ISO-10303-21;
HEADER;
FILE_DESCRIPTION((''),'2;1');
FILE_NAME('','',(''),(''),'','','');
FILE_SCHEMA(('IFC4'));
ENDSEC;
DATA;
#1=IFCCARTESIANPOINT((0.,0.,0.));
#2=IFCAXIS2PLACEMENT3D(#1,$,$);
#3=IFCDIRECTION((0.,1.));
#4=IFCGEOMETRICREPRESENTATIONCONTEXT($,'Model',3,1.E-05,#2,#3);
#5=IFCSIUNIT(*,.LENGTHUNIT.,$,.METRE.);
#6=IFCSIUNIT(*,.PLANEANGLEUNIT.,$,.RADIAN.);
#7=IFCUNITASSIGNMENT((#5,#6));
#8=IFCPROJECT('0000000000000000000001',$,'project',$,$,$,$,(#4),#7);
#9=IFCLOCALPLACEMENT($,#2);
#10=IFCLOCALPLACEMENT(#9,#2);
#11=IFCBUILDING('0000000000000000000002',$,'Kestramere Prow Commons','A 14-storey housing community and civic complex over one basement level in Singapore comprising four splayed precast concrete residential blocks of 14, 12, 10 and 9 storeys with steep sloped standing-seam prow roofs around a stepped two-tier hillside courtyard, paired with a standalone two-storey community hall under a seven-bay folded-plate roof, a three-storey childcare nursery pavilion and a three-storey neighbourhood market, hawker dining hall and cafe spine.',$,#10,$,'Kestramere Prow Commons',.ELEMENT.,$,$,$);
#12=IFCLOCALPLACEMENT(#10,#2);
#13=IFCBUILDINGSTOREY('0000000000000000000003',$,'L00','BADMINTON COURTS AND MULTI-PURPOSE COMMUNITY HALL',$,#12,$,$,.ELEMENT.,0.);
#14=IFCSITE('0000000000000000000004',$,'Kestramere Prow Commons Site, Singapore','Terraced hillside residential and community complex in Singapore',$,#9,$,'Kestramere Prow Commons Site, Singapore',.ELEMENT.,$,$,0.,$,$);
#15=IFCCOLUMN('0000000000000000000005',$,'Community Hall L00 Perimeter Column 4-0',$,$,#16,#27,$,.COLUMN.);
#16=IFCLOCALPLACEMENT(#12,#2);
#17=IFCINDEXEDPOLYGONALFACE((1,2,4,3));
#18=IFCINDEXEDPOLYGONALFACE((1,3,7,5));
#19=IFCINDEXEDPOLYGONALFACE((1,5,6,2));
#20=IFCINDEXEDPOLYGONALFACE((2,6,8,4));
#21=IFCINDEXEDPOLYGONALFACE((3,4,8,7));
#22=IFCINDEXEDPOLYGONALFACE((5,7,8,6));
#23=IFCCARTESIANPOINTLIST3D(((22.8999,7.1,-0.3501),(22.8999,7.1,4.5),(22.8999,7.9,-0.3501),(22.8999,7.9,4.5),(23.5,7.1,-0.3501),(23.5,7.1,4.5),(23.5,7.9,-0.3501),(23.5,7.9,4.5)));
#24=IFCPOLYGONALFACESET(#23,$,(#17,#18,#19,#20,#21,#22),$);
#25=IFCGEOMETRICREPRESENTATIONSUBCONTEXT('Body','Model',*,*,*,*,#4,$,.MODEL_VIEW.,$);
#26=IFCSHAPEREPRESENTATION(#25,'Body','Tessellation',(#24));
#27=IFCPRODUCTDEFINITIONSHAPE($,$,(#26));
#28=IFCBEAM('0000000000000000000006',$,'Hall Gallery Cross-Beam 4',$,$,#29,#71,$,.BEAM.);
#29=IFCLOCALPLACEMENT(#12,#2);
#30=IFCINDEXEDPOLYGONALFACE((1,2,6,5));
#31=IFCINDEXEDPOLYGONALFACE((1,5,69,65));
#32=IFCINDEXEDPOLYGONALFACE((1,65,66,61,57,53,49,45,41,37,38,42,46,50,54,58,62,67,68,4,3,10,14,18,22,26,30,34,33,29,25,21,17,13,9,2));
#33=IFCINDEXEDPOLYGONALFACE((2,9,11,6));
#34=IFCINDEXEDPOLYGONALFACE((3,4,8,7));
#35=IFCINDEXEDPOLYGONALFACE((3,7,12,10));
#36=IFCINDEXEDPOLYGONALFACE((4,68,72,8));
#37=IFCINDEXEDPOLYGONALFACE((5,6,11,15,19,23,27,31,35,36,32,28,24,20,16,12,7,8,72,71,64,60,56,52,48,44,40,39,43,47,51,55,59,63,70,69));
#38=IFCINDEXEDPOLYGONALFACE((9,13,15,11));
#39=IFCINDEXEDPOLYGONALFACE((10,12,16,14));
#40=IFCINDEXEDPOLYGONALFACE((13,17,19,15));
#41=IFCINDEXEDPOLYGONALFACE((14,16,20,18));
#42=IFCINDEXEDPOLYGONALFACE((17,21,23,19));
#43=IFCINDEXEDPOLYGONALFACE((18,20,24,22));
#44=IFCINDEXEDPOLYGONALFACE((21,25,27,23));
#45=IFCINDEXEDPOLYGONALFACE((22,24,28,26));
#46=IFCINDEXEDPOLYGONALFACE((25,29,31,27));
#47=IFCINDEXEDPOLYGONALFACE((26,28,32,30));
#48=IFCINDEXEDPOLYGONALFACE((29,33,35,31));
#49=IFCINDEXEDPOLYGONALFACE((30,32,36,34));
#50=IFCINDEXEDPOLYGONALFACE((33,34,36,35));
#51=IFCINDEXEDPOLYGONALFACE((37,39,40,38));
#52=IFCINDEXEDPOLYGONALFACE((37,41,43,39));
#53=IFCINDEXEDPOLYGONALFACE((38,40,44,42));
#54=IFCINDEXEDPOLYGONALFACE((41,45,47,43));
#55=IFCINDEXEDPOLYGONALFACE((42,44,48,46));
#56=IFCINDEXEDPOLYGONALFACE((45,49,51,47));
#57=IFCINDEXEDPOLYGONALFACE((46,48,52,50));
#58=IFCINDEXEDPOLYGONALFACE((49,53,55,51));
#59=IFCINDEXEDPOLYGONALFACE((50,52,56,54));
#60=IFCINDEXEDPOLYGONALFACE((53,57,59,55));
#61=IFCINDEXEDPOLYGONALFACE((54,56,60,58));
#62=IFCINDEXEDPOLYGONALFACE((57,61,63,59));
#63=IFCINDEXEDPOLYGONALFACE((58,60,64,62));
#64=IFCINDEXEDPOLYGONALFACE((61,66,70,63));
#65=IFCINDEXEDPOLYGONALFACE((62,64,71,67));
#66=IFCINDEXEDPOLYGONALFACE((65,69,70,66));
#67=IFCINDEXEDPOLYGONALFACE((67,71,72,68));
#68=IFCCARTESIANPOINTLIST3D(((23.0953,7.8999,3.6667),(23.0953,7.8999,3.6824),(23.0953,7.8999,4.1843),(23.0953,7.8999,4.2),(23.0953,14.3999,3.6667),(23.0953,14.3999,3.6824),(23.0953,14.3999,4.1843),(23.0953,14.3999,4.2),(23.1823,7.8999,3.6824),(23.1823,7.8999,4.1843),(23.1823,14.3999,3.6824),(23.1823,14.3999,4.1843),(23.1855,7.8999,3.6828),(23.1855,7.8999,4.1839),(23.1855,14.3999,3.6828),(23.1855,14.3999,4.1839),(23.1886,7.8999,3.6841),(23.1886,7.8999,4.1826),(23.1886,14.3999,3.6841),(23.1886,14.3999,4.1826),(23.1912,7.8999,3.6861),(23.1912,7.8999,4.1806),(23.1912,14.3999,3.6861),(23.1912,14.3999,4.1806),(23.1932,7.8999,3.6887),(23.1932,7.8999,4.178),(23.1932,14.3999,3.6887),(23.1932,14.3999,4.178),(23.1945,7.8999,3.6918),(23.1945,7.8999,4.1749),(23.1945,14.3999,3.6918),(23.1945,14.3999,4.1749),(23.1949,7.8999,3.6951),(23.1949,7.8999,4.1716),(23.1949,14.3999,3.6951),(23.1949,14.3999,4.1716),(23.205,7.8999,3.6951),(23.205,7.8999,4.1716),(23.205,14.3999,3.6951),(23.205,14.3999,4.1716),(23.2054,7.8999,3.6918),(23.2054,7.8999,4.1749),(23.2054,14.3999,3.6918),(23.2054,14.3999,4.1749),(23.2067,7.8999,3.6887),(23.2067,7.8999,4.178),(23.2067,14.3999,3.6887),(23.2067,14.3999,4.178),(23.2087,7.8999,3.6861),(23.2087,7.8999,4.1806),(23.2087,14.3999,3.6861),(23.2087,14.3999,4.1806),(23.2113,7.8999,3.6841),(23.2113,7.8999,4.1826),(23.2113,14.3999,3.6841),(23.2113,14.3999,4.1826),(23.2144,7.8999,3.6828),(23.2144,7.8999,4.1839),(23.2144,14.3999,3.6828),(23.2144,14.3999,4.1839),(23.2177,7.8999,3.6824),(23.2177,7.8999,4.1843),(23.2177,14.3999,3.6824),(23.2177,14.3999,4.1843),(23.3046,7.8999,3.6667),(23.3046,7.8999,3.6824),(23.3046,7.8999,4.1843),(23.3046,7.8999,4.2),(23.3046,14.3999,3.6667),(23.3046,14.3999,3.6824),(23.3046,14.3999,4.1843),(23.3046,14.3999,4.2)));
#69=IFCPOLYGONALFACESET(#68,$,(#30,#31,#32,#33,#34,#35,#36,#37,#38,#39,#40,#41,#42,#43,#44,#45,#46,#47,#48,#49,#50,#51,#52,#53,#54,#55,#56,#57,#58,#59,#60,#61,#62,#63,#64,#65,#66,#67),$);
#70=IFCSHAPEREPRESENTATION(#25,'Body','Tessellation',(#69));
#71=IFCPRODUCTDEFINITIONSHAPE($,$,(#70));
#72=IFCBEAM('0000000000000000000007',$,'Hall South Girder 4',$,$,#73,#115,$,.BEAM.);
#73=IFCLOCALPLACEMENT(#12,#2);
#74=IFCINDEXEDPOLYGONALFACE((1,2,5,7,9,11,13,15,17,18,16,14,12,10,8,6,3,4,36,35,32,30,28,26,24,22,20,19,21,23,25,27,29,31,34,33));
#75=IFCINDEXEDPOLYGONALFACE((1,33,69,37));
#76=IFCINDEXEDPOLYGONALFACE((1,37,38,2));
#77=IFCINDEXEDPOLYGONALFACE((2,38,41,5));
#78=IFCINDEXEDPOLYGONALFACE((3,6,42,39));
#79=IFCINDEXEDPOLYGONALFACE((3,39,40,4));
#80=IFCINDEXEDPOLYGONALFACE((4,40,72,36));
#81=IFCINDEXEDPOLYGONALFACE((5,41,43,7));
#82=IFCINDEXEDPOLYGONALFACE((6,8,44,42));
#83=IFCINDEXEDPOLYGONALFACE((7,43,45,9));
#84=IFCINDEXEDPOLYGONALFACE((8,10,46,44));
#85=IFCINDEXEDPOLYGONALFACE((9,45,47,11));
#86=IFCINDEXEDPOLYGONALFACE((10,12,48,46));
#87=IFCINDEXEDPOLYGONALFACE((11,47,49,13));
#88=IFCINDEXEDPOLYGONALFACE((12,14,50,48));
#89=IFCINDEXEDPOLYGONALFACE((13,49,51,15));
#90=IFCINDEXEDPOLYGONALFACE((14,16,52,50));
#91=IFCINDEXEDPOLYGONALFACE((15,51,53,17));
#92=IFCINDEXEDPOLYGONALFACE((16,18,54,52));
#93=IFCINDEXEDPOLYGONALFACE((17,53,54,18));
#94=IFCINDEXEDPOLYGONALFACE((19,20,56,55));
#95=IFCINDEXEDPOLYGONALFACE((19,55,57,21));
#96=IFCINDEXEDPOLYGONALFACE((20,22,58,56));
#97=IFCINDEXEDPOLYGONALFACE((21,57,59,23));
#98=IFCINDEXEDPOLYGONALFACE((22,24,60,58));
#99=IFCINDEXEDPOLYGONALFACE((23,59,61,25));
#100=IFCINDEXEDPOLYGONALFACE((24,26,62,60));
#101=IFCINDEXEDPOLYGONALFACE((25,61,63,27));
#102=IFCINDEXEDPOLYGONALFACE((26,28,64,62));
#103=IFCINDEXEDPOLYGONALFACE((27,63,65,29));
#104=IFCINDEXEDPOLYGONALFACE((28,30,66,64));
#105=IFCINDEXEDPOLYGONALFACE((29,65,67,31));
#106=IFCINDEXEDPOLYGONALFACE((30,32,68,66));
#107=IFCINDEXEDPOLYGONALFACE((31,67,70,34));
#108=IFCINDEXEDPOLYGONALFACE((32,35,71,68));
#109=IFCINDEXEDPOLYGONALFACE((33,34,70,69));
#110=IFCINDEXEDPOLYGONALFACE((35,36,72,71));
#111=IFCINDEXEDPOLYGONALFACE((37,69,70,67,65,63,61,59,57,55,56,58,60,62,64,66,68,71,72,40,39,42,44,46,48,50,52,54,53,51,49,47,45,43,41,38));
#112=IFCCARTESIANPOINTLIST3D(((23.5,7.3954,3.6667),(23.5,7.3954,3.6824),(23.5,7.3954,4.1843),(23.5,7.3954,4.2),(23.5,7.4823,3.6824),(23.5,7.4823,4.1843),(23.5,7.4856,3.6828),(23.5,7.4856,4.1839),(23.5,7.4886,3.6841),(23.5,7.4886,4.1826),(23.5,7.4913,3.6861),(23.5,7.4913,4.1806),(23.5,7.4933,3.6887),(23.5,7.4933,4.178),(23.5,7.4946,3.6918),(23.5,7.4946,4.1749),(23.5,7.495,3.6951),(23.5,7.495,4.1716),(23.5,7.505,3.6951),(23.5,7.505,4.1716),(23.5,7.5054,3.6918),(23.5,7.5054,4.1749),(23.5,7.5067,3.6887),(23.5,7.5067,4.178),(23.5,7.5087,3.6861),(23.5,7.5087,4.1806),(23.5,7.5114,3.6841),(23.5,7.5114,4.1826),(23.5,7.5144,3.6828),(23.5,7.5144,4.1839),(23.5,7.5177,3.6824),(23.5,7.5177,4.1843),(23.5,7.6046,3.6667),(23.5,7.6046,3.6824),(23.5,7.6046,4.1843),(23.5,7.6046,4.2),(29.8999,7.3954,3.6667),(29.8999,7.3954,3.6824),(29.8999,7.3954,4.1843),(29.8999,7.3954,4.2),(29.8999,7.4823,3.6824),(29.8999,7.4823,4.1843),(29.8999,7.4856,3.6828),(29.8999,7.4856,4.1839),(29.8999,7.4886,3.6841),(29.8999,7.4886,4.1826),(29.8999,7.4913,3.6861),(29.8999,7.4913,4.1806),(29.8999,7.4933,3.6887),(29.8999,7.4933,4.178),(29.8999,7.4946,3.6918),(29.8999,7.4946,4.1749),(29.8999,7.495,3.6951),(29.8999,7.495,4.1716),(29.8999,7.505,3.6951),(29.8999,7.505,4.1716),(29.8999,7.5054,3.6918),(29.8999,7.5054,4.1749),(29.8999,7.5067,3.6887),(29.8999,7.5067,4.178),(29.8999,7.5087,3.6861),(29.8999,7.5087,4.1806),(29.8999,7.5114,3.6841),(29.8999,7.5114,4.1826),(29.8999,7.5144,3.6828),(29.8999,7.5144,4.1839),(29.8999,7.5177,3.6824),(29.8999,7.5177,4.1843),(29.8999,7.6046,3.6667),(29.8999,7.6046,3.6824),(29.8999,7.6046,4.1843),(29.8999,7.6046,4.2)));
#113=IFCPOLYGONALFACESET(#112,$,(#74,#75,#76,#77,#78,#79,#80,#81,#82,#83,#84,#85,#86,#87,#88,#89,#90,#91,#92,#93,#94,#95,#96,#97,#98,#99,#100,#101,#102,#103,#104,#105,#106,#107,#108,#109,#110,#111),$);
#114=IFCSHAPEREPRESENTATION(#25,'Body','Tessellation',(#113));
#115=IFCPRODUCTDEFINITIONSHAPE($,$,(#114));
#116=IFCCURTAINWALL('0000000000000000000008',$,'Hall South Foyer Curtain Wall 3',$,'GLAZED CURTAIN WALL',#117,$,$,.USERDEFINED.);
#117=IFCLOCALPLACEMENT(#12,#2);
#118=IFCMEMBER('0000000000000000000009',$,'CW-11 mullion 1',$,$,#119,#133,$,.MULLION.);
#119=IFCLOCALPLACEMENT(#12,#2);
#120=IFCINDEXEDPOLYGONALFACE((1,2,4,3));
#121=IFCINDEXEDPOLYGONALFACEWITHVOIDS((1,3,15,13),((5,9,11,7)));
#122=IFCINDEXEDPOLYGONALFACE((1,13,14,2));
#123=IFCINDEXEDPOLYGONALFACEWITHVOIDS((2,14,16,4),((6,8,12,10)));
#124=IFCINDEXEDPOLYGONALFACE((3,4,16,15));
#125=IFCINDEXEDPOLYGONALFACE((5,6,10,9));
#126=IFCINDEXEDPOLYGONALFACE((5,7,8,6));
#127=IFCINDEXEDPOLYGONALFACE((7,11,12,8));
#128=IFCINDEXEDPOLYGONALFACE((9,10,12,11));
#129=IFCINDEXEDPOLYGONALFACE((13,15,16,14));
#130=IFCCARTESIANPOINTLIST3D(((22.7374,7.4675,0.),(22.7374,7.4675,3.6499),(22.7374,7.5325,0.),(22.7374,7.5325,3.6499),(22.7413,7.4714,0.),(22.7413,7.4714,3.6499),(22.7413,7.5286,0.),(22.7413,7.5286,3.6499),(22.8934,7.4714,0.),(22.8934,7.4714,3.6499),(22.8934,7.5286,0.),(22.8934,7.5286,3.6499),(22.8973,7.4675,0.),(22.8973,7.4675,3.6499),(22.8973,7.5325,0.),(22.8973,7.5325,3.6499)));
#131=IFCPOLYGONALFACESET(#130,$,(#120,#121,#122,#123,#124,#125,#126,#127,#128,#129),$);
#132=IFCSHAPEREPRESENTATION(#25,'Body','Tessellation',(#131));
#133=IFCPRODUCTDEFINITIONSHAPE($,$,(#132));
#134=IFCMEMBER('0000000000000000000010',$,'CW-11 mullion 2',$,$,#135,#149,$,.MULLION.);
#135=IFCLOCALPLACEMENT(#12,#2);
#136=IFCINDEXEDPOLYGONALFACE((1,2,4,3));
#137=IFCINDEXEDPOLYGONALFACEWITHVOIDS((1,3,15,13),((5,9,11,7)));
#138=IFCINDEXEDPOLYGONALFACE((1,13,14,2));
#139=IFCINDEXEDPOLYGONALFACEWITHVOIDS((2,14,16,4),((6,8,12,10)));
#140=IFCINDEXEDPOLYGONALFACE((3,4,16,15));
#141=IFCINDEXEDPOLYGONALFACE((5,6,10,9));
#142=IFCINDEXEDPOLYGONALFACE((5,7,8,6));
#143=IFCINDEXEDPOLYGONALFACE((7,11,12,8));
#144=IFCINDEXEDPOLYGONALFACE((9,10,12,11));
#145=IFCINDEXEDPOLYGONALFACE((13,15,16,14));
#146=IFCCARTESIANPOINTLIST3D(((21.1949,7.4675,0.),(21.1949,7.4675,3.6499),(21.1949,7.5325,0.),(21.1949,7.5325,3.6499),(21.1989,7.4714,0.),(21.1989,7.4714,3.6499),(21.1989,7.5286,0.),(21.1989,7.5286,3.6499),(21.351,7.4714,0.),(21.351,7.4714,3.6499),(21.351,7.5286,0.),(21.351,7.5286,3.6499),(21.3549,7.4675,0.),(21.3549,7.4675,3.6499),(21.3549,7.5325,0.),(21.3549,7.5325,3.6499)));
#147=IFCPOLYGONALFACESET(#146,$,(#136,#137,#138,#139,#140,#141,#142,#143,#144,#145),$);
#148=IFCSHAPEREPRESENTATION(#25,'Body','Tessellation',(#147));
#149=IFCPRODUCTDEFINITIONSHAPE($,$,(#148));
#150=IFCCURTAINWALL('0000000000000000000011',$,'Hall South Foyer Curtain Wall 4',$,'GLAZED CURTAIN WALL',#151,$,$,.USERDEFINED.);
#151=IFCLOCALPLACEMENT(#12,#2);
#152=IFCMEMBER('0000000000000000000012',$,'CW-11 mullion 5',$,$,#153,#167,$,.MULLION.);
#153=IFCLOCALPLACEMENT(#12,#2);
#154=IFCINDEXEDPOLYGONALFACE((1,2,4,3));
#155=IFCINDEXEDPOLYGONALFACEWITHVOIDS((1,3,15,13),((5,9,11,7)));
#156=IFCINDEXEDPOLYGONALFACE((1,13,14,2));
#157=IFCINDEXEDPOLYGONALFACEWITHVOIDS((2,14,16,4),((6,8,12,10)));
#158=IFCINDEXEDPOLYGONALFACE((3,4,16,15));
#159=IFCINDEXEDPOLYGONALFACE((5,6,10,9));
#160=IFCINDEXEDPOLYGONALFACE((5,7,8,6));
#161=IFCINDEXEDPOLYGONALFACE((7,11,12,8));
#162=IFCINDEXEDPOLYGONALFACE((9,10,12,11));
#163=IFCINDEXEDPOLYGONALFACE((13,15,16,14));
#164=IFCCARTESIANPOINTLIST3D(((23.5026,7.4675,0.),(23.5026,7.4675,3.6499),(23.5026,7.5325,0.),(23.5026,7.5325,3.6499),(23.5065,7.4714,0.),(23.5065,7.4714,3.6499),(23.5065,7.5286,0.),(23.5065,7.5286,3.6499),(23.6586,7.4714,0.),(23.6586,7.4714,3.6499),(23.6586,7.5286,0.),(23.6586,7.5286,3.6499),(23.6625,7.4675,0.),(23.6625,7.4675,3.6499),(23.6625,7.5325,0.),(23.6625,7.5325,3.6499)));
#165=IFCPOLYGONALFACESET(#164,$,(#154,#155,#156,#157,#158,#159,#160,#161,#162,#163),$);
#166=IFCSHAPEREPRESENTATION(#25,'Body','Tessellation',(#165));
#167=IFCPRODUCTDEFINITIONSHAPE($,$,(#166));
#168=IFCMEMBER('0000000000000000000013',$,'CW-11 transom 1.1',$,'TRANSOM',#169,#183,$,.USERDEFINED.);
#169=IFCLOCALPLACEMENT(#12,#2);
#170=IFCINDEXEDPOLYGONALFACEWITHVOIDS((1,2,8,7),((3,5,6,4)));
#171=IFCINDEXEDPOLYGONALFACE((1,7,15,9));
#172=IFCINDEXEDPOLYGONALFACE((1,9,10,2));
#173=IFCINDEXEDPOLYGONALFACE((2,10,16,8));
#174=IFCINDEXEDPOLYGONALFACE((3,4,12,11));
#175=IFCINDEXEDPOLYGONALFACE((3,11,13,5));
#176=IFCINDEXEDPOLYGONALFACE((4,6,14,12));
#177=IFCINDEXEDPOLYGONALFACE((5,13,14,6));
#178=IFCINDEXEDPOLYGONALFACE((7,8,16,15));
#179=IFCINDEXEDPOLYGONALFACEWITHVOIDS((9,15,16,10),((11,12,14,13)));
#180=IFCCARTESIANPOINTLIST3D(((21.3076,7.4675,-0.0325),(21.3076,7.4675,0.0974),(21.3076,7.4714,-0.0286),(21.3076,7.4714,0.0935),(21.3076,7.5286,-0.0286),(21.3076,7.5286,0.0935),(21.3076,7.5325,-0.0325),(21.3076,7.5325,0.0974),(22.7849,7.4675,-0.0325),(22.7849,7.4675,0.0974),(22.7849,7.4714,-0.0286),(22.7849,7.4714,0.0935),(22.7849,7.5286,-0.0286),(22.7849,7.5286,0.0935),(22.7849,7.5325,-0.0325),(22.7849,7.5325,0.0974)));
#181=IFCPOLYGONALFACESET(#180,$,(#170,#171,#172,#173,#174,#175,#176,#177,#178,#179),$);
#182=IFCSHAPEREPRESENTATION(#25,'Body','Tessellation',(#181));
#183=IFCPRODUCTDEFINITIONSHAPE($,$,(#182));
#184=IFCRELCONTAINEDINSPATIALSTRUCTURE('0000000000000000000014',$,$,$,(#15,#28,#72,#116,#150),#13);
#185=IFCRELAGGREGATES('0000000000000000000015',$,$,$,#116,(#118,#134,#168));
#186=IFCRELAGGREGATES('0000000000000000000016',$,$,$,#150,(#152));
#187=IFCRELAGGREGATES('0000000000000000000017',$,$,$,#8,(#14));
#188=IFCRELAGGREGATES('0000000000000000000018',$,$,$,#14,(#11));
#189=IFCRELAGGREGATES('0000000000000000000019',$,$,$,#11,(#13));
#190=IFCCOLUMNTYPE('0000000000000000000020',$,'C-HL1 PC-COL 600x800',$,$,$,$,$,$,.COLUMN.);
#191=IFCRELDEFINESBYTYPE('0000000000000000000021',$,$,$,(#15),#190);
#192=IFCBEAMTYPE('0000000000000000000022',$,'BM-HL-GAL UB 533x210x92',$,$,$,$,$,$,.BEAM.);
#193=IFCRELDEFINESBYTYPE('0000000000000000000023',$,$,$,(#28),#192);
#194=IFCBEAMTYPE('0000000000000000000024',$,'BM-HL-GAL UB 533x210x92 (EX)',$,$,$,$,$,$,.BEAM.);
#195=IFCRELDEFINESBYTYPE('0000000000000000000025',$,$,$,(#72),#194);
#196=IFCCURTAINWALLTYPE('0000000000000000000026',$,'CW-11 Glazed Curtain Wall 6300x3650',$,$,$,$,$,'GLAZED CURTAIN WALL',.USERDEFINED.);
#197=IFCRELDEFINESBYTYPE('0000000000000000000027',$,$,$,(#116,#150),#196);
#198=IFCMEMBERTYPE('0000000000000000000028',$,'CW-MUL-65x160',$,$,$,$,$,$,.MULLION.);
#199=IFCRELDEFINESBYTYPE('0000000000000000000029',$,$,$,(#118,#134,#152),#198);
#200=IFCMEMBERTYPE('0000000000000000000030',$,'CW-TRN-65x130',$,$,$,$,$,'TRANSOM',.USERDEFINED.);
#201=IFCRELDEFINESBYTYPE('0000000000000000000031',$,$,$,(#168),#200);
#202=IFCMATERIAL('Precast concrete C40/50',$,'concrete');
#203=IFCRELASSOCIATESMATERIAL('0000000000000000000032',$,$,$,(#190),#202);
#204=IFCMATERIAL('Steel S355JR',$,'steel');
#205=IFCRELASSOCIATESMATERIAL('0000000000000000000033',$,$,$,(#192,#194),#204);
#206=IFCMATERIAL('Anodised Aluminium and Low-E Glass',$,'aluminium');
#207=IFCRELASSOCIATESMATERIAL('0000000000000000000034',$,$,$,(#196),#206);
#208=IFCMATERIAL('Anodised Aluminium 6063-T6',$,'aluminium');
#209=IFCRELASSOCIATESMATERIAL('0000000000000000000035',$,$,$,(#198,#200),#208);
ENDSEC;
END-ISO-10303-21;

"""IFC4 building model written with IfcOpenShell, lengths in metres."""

from ifc_helpers import new_model, si_unit, direction, frame, origin, origin_2d, place, context, subcontext, project, spatial, rectangle, hollow_rectangle, i_section, extrude, material, material_profile, profile_set, type_object, element, aggregate, save


model = new_model("IFC4")

# Units and contexts
model_context = context("Model", 3, precision=1e-05, world=origin(), true_north=direction((0.0, 1.0)))
body_context = subcontext(model_context, "Body", "Model", "MODEL_VIEW")
ifc_project = project(units=[si_unit("LENGTHUNIT", "METRE"), si_unit("PLANEANGLEUNIT", "RADIAN")], contexts=[model_context])

# Site, building, storey
site_placement = place(None, origin())
site = spatial("IfcSite", under=ifc_project, at=site_placement, Name="Kestramere Prow Commons Site, Singapore", Description="Terraced hillside residential and community complex in Singapore", LongName="Kestramere Prow Commons Site, Singapore", CompositionType="ELEMENT", RefElevation=0.0)
building_placement = place(site_placement, origin())
building = spatial("IfcBuilding", under=site, at=building_placement, Name="Kestramere Prow Commons", Description="A 14-storey housing community and civic complex over one basement level in Singapore comprising four splayed precast concrete residential blocks of 14, 12, 10 and 9 storeys with steep sloped standing-seam prow roofs around a stepped two-tier hillside courtyard, paired with a standalone two-storey community hall under a seven-bay folded-plate roof, a three-storey childcare nursery pavilion and a three-storey neighbourhood market, hawker dining hall and cafe spine.", LongName="Kestramere Prow Commons", CompositionType="ELEMENT")
storey_placement = place(building_placement, origin())
storey = spatial("IfcBuildingStorey", under=building, at=storey_placement, Name="L00", Description="BADMINTON COURTS AND MULTI-PURPOSE COMMUNITY HALL", CompositionType="ELEMENT", Elevation=0.0)

# Column
ifc_material_1 = material(Name="Precast concrete C40/50", Category="concrete")
ifc_material_profile_1 = material_profile(ifc_material_1, rectangle(XDim=0.6001, YDim=0.8, at=origin_2d()), Name="PC-COL 600x800")
ifc_profile_set_1 = profile_set([ifc_material_profile_1], Name="Precast concrete C40/50")
column_type = type_object("IfcColumnType", Name="C-HL1 PC-COL 600x800", PredefinedType="COLUMN", material=ifc_profile_set_1)
column_placement = place(storey_placement, frame((23.2, 7.5, -0.3501), z_axis=(0.0, 0.0, 1.0), x_axis=(1.0, 0.0, 0.0)))
element("IfcColumn", 1, at=column_placement, inside=storey, type_object=column_type, Name="Community Hall L00 Perimeter Column 4-0", PredefinedType="COLUMN", context=body_context, shape_type="SweptSolid", body=[
    extrude(rectangle(XDim=0.6001, YDim=0.8, at=origin_2d()), origin(), (0.0, 0.0, 1.0), 4.8501),
])

# Beams
ifc_material_2 = material(Name="Steel S355JR", Category="steel")
ifc_material_profile_2 = material_profile(ifc_material_2, i_section(OverallWidth=0.2092, OverallDepth=0.5332, WebThickness=0.01, FlangeThickness=0.0156, FilletRadius=0.0127, at=origin_2d()), Name="UB 533x210x92")
ifc_profile_set_2 = profile_set([ifc_material_profile_2], Name="Steel S355JR")
beam_type_1 = type_object("IfcBeamType", Name="BM-HL-GAL UB 533x210x92", PredefinedType="BEAM", material=ifc_profile_set_2)
beam_1_placement = place(storey_placement, frame((23.2, 7.8999, 3.9333), z_axis=(0.0, 1.0, 0.0), x_axis=(-1.0, 0.0, 0.0)))
element("IfcBeam", 2, at=beam_1_placement, inside=storey, type_object=beam_type_1, Name="Hall Gallery Cross-Beam 4", PredefinedType="BEAM", context=body_context, shape_type="SweptSolid", body=[
    extrude(i_section(OverallWidth=0.2092, OverallDepth=0.5332, WebThickness=0.01, FlangeThickness=0.0156, FilletRadius=0.0127, at=origin_2d()), origin(), (0.0, 0.0, 1.0), 6.5),
])
ifc_material_profile_3 = material_profile(ifc_material_2, i_section(OverallWidth=0.2092, OverallDepth=0.5332, WebThickness=0.01, FlangeThickness=0.0156, FilletRadius=0.0127, at=origin_2d()), Name="UB 533x210x92")
ifc_profile_set_3 = profile_set([ifc_material_profile_3], Name="Steel S355JR")
beam_type_2 = type_object("IfcBeamType", Name="BM-HL-GAL UB 533x210x92 (EX)", PredefinedType="BEAM", material=ifc_profile_set_3)
beam_2_placement = place(storey_placement, frame((23.5, 7.5, 3.9333), z_axis=(1.0, 0.0, 0.0), x_axis=(0.0, 1.0, 0.0)))
element("IfcBeam", 3, at=beam_2_placement, inside=storey, type_object=beam_type_2, Name="Hall South Girder 4", PredefinedType="BEAM", context=body_context, shape_type="SweptSolid", body=[
    extrude(i_section(OverallWidth=0.2092, OverallDepth=0.5332, WebThickness=0.01, FlangeThickness=0.0156, FilletRadius=0.0127, at=origin_2d()), origin(), (0.0, 0.0, 1.0), 6.3999),
])

# Curtain wall, members
ifc_material_3 = material(Name="Anodised Aluminium and Low-E Glass", Category="aluminium")
curtain_wall_type = type_object("IfcCurtainWallType", Name="CW-11 Glazed Curtain Wall 6300x3650", ElementType="GLAZED CURTAIN WALL", PredefinedType="USERDEFINED", material=ifc_material_3)
curtain_wall_1_placement = place(storey_placement, origin())
curtain_wall_1 = element("IfcCurtainWall", 4, at=curtain_wall_1_placement, inside=storey, type_object=curtain_wall_type, Name="Hall South Foyer Curtain Wall 3", ObjectType="GLAZED CURTAIN WALL", PredefinedType="USERDEFINED")
ifc_material_4 = material(Name="Anodised Aluminium 6063-T6", Category="aluminium")
ifc_material_profile_4 = material_profile(ifc_material_4, hollow_rectangle(XDim=0.0649, YDim=0.1599, WallThickness=0.0039, at=origin_2d()), Name="ALU-MUL 65x160")
ifc_profile_set_4 = profile_set([ifc_material_profile_4], Name="Anodised Aluminium 6063-T6")
member_type_1 = type_object("IfcMemberType", Name="CW-MUL-65x160", PredefinedType="MULLION", material=ifc_profile_set_4)
member_1_placement = place(storey_placement, frame((22.8174, 7.5, 0.0), z_axis=(0.0, 0.0, 1.0), x_axis=(0.0, -1.0, 0.0)))
member_1 = element("IfcMember", 5, at=member_1_placement, type_object=member_type_1, Name="CW-11 mullion 1", PredefinedType="MULLION", context=body_context, shape_type="SweptSolid", body=[
    extrude(hollow_rectangle(XDim=0.0649, YDim=0.1599, WallThickness=0.0039, at=origin_2d()), origin(), (0.0, 0.0, 1.0), 3.6499),
])
member_2_placement = place(storey_placement, frame((21.2749, 7.5, 0.0), z_axis=(0.0, 0.0, 1.0), x_axis=(0.0, -1.0, 0.0)))
member_2 = element("IfcMember", 6, at=member_2_placement, type_object=member_type_1, Name="CW-11 mullion 2", PredefinedType="MULLION", context=body_context, shape_type="SweptSolid", body=[
    extrude(hollow_rectangle(XDim=0.0649, YDim=0.1599, WallThickness=0.0039, at=origin_2d()), origin(), (0.0, 0.0, 1.0), 3.6499),
])

# Curtain wall, member
curtain_wall_2_placement = place(storey_placement, origin())
curtain_wall_2 = element("IfcCurtainWall", 7, at=curtain_wall_2_placement, inside=storey, type_object=curtain_wall_type, Name="Hall South Foyer Curtain Wall 4", ObjectType="GLAZED CURTAIN WALL", PredefinedType="USERDEFINED")
member_3_placement = place(storey_placement, frame((23.5825, 7.5, 0.0), z_axis=(0.0, 0.0, 1.0), x_axis=(0.0, -1.0, 0.0)))
member_3 = element("IfcMember", 8, at=member_3_placement, type_object=member_type_1, Name="CW-11 mullion 5", PredefinedType="MULLION", context=body_context, shape_type="SweptSolid", body=[
    extrude(hollow_rectangle(XDim=0.0649, YDim=0.1599, WallThickness=0.0039, at=origin_2d()), origin(), (0.0, 0.0, 1.0), 3.6499),
])

# Member
ifc_material_profile_5 = material_profile(ifc_material_4, hollow_rectangle(XDim=0.0649, YDim=0.1299, WallThickness=0.0039, at=origin_2d()), Name="ALU-TRN 65x130")
ifc_profile_set_5 = profile_set([ifc_material_profile_5], Name="Anodised Aluminium 6063-T6")
member_type_2 = type_object("IfcMemberType", Name="CW-TRN-65x130", ElementType="TRANSOM", PredefinedType="USERDEFINED", material=ifc_profile_set_5)
member_4_placement = place(storey_placement, frame((22.7849, 7.5, 0.0325), z_axis=(-1.0, 0.0, 0.0), x_axis=(0.0, -1.0, 0.0)))
member_4 = element("IfcMember", 9, at=member_4_placement, type_object=member_type_2, Name="CW-11 transom 1.1", ObjectType="TRANSOM", PredefinedType="USERDEFINED", context=body_context, shape_type="SweptSolid", body=[
    extrude(hollow_rectangle(XDim=0.0649, YDim=0.1299, WallThickness=0.0039, at=origin_2d()), origin(), (0.0, 0.0, 1.0), 1.4773),
])

aggregate(curtain_wall_1, [member_1, member_2, member_4])
aggregate(curtain_wall_2, [member_3])

save(model, "model.ifc")
